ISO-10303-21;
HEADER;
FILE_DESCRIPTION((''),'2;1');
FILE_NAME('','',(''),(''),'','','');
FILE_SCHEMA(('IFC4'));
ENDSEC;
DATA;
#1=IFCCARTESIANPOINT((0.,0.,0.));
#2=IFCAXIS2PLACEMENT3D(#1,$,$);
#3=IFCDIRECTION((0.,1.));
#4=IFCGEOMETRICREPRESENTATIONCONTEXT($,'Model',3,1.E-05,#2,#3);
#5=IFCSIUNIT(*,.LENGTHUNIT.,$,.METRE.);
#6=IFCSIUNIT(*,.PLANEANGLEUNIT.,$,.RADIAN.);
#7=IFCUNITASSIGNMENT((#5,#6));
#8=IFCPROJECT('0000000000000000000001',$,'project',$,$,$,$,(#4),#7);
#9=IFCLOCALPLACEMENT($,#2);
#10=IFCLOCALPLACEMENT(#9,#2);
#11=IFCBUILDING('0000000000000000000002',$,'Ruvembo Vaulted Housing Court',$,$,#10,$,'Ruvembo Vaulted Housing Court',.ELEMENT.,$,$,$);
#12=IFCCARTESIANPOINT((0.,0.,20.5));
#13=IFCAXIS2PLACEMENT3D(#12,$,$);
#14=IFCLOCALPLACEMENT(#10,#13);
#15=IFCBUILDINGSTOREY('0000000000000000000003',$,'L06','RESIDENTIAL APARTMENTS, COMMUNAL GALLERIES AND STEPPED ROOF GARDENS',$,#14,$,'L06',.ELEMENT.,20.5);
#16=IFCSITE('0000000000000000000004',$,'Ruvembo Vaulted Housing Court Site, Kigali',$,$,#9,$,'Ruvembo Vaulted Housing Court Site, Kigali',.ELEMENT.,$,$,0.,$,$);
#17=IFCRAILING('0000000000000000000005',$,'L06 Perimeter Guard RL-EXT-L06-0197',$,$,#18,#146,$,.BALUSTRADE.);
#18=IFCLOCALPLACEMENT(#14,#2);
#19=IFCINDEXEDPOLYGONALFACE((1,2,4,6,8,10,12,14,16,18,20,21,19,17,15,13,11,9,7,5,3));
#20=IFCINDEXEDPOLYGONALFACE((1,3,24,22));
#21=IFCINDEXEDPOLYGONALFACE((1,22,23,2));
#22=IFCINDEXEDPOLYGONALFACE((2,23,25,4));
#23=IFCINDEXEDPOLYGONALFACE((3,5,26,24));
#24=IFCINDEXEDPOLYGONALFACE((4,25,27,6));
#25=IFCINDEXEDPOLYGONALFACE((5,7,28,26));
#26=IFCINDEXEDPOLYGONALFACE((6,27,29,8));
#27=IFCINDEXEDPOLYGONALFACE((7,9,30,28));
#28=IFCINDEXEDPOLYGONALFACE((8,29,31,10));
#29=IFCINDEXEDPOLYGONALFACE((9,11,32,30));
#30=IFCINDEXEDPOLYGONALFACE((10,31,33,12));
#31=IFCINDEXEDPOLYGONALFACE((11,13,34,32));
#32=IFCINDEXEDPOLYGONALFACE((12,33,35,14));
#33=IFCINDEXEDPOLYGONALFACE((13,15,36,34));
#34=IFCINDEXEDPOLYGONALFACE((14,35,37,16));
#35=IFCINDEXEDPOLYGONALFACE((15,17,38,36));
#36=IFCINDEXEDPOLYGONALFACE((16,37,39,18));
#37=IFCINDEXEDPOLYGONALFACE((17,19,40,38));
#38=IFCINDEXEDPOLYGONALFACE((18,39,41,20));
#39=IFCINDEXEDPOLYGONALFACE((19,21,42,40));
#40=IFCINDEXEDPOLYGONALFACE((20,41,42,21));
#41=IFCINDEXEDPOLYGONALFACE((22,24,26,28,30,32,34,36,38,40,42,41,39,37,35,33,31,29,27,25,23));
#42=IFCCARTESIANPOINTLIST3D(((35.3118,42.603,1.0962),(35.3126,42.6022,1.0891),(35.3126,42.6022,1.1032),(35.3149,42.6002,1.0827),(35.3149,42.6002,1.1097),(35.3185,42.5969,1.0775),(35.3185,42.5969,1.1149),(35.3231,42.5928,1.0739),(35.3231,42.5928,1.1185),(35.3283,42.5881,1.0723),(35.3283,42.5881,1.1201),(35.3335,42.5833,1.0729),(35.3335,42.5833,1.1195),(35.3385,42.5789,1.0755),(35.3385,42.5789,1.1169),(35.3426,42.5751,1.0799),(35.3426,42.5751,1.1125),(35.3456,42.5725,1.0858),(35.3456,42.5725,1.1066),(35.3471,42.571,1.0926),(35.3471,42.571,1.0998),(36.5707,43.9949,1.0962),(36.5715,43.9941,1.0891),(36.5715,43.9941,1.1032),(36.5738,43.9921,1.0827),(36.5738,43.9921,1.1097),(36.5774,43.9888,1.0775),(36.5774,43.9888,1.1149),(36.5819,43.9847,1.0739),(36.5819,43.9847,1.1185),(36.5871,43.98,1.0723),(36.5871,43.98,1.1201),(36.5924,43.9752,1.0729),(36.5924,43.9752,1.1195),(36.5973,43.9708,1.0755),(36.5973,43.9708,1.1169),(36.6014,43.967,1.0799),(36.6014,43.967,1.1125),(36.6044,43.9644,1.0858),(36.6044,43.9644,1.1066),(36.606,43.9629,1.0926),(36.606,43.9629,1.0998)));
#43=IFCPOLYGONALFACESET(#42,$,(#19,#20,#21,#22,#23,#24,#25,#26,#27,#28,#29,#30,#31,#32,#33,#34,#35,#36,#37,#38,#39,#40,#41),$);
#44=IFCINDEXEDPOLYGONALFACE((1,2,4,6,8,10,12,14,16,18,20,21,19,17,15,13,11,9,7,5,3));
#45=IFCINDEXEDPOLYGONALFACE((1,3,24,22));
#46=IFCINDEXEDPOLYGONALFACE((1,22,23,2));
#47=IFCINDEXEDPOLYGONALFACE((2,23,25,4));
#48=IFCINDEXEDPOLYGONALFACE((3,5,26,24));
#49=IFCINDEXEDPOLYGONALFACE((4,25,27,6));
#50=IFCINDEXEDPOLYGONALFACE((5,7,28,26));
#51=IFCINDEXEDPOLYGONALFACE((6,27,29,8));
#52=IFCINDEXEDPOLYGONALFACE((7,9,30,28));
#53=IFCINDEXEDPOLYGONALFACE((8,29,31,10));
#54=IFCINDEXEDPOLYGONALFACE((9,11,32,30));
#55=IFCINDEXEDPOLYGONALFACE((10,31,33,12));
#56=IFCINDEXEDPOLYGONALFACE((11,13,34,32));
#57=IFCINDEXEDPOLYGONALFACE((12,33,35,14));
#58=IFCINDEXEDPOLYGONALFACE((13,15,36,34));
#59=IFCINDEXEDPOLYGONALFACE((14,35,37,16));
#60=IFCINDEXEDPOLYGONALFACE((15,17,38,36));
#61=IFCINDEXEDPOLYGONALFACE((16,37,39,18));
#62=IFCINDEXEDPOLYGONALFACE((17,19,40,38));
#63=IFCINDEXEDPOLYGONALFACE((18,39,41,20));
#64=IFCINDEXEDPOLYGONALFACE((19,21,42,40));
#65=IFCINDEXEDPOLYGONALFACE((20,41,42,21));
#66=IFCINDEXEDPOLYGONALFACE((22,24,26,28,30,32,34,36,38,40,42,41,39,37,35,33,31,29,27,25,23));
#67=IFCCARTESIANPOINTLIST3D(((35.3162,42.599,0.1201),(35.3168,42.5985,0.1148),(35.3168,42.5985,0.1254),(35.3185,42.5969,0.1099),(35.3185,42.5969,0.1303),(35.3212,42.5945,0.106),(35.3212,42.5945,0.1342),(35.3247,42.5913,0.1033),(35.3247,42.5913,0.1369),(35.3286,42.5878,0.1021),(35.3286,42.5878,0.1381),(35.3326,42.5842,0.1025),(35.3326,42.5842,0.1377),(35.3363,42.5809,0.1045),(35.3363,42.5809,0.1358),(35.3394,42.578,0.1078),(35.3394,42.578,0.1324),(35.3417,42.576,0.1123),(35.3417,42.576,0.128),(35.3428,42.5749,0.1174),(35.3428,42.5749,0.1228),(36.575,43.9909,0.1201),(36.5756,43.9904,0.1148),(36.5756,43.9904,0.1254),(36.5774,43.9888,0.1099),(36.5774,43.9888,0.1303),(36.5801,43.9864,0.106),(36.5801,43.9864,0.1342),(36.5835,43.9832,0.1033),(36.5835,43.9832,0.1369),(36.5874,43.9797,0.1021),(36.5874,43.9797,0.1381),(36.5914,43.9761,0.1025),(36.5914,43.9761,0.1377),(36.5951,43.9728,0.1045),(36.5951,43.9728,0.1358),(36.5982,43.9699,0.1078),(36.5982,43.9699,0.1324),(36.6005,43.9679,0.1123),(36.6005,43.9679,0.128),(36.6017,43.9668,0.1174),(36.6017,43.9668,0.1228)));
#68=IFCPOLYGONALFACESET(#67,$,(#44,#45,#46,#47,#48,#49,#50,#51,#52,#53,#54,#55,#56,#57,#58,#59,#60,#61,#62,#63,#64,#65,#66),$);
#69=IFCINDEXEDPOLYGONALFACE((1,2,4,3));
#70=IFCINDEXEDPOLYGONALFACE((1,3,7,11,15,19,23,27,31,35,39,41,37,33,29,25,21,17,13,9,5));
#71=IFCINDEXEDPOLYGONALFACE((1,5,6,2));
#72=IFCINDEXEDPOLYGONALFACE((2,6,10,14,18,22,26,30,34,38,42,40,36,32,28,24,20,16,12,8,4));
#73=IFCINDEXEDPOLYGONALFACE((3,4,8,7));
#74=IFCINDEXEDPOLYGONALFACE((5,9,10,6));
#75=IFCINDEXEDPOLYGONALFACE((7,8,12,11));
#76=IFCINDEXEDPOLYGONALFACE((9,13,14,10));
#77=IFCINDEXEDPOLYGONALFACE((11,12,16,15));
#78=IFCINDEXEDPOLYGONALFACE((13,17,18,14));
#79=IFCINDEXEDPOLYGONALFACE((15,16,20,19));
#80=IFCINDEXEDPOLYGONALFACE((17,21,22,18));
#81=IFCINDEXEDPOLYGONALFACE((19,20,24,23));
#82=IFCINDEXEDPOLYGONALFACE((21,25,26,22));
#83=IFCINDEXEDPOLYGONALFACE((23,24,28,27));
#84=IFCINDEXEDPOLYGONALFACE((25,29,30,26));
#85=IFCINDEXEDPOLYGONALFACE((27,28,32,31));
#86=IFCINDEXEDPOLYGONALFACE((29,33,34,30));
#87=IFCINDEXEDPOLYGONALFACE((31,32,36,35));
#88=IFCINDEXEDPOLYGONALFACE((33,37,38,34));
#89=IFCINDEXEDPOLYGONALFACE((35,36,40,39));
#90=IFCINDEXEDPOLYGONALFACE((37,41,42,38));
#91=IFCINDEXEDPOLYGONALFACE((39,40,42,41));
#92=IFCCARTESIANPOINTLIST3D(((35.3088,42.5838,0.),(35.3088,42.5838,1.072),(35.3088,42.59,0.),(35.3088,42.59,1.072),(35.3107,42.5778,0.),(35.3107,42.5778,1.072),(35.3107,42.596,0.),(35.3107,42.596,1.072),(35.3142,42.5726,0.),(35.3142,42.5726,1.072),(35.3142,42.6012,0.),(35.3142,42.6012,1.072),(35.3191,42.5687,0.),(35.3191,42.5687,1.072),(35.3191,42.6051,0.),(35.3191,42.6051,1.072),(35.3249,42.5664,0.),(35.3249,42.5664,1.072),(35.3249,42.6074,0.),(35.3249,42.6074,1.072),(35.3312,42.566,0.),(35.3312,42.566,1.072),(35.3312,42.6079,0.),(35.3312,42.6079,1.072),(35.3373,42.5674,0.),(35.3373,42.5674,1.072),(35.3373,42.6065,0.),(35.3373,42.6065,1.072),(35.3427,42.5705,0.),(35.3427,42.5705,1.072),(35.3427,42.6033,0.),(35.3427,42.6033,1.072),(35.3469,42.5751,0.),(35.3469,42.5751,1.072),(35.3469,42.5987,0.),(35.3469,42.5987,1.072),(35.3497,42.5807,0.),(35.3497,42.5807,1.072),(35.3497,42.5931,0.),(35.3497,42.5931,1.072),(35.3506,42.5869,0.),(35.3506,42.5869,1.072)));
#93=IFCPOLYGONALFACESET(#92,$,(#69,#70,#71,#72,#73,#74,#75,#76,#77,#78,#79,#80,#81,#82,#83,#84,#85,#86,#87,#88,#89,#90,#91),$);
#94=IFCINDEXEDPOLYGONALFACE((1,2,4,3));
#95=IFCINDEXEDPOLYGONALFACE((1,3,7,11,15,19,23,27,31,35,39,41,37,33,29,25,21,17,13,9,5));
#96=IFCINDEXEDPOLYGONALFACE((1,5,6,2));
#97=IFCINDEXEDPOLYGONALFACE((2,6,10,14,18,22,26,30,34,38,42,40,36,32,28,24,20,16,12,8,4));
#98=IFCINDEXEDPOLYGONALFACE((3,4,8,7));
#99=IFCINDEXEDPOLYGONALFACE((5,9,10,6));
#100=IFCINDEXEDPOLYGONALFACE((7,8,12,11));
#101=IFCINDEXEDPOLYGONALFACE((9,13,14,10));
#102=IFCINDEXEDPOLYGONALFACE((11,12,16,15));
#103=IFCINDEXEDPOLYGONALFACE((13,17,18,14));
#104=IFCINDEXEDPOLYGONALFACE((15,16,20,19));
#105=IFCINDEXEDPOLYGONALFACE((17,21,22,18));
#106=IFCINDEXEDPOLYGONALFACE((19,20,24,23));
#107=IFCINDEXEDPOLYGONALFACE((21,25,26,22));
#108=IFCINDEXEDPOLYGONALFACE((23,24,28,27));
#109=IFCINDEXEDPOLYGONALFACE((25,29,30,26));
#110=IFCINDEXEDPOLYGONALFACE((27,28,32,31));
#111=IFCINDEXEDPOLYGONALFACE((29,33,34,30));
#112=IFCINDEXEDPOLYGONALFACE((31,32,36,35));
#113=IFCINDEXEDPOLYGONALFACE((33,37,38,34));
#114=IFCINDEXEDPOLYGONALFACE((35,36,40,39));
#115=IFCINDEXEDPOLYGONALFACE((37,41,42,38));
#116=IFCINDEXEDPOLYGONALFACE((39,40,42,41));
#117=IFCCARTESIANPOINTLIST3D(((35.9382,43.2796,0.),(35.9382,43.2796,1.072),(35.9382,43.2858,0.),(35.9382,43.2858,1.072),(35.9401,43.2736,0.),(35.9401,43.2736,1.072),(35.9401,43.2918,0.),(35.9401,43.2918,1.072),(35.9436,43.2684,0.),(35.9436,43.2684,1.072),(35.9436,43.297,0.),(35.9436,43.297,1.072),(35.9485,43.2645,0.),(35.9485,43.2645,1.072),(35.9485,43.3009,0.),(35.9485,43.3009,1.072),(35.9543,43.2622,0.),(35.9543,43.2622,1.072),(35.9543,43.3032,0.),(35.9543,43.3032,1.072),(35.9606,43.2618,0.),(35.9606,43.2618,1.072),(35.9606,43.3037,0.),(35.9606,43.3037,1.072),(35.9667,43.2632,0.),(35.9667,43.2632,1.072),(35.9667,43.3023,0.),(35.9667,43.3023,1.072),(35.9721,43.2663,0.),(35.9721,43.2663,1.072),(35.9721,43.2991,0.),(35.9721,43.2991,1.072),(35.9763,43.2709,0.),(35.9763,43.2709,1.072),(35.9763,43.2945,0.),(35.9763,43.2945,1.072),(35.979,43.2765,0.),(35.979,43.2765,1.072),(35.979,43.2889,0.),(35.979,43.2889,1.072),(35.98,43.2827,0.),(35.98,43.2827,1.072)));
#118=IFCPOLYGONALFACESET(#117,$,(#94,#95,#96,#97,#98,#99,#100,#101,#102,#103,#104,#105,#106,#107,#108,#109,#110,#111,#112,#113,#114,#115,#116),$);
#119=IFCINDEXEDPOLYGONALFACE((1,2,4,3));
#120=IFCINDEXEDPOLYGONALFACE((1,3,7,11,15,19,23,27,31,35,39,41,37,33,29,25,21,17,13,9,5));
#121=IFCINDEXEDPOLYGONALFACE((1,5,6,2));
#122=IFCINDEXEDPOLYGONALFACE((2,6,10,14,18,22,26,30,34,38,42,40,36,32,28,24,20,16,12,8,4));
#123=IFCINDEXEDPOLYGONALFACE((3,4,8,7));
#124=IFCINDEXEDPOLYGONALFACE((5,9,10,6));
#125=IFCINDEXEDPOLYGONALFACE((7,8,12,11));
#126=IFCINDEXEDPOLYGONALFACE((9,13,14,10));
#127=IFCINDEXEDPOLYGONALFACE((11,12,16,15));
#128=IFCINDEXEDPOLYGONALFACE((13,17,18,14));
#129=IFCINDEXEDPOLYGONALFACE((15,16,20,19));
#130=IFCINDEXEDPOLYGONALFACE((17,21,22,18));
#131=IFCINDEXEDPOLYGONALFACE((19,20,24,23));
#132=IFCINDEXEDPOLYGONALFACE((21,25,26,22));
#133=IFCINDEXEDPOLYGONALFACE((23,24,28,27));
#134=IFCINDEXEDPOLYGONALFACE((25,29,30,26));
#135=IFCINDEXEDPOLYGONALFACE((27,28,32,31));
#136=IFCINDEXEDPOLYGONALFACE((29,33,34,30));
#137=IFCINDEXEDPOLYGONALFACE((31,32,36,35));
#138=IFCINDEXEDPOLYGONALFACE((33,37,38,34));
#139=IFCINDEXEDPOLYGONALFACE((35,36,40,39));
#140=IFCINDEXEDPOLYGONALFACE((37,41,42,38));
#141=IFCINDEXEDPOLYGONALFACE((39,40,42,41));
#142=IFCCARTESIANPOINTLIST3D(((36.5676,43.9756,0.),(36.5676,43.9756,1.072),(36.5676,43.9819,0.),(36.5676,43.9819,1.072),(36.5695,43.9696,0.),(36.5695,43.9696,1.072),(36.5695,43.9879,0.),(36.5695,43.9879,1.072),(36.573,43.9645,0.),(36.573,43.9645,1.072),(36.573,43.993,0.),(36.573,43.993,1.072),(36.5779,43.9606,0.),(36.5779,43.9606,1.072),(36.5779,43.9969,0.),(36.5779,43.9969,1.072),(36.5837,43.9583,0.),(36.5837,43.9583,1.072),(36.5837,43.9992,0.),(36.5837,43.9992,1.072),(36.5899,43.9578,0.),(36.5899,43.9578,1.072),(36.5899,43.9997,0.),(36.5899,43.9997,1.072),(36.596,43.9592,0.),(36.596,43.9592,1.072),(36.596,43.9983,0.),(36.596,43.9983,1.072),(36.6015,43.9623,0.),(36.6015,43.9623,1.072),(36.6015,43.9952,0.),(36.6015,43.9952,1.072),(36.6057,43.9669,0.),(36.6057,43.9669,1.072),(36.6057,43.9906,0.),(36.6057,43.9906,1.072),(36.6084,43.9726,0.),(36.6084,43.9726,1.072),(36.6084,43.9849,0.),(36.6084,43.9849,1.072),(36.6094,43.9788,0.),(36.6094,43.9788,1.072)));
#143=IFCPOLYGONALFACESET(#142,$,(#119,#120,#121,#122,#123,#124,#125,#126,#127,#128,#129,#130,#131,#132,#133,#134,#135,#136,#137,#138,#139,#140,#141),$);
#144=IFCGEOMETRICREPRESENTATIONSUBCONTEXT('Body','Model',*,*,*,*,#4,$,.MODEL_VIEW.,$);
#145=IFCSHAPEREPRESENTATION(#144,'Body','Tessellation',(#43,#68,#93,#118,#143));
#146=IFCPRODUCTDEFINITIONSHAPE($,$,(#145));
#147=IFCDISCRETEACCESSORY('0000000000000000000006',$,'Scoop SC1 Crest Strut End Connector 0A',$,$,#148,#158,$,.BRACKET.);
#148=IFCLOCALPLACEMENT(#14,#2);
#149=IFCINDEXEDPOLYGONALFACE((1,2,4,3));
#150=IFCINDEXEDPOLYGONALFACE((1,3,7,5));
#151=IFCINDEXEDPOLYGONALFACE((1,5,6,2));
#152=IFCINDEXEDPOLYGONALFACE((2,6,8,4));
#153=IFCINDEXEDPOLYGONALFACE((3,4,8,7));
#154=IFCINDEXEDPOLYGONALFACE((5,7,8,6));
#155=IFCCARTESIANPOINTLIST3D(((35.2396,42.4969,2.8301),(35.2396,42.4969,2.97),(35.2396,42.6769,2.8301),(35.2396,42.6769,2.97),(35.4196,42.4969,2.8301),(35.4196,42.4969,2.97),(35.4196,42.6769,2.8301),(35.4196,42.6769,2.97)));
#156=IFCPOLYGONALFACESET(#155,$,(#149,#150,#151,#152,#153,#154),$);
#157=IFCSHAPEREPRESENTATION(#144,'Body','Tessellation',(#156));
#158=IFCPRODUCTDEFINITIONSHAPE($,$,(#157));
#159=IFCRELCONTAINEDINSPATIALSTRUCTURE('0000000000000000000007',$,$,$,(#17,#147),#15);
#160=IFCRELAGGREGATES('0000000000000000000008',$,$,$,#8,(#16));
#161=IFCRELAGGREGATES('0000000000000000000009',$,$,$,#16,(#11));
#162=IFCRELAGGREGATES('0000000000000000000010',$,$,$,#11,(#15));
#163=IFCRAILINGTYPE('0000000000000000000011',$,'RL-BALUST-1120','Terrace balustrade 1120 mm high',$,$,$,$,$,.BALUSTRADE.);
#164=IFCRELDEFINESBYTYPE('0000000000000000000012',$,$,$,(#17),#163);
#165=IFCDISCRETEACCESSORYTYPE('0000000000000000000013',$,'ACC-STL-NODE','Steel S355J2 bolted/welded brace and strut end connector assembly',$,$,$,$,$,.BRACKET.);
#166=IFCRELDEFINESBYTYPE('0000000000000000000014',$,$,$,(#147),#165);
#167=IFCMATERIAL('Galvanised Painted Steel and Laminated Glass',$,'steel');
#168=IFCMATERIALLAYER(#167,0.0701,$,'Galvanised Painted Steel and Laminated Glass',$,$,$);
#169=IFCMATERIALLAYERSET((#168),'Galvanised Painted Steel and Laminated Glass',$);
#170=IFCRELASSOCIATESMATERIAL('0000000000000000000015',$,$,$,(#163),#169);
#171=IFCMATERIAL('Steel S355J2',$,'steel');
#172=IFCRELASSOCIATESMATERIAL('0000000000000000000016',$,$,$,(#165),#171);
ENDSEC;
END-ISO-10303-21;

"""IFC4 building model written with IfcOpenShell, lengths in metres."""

from ifc_helpers import new_model, si_unit, direction, frame, origin, origin_2d, place, context, subcontext, project, spatial, rectangle, circle, extrude, material, layer, layer_set, type_object, element, save


model = new_model("IFC4")

# Units and contexts
model_context = context("Model", 3, precision=1e-05, world=origin(), true_north=direction((0.0, 1.0)))
body_context = subcontext(model_context, "Body", "Model", "MODEL_VIEW")
ifc_project = project(units=[si_unit("LENGTHUNIT", "METRE"), si_unit("PLANEANGLEUNIT", "RADIAN")], contexts=[model_context])

# Site, building, storey
site_placement = place(None, origin())
site = spatial("IfcSite", under=ifc_project, at=site_placement, Name="Ruvembo Vaulted Housing Court Site, Kigali", LongName="Ruvembo Vaulted Housing Court Site, Kigali", CompositionType="ELEMENT", RefElevation=0.0)
building_placement = place(site_placement, origin())
building = spatial("IfcBuilding", under=site, at=building_placement, Name="Ruvembo Vaulted Housing Court", LongName="Ruvembo Vaulted Housing Court", CompositionType="ELEMENT")
storey_placement = place(building_placement, frame((0.0, 0.0, 20.5)))
storey = spatial("IfcBuildingStorey", under=building, at=storey_placement, Name="L06", Description="RESIDENTIAL APARTMENTS, COMMUNAL GALLERIES AND STEPPED ROOF GARDENS", LongName="L06", CompositionType="ELEMENT", Elevation=20.5)

# Shared definitions
ifc_material_1 = material(Name="Steel S355J2", Category="steel")

# Railing
ifc_material_2 = material(Name="Galvanised Painted Steel and Laminated Glass", Category="steel")
ifc_layer_1 = layer(ifc_material_2, 0.0701, Name="Galvanised Painted Steel and Laminated Glass")
ifc_layer_set_1 = layer_set([ifc_layer_1], Name="Galvanised Painted Steel and Laminated Glass")
railing_type = type_object("IfcRailingType", Name="RL-BALUST-1120", Description="Terrace balustrade 1120 mm high", PredefinedType="BALUSTRADE", material=ifc_layer_set_1)
railing_placement = place(storey_placement, frame((35.3296, 42.5869, 0.0)))
element("IfcRailing", 1, at=railing_placement, inside=storey, type_object=railing_type, Name="L06 Perimeter Guard RL-EXT-L06-0197", PredefinedType="BALUSTRADE", context=body_context, shape_type="SweptSolid", body=[
    extrude(circle(Radius=0.0239, at=origin_2d()), frame((0.0, 0.0, 1.0962), z_axis=(0.670767, 0.741668, 0.0), x_axis=(-0.741668, 0.670767, 0.0)), (0.0, 0.0, 1.0), 1.8767),
    extrude(circle(Radius=0.0181, at=origin_2d()), frame((0.0, 0.0, 0.1201), z_axis=(0.670767, 0.741668, 0.0), x_axis=(-0.741668, 0.670767, 0.0)), (0.0, 0.0, 1.0), 1.8767),
    extrude(circle(Radius=0.021, at=origin_2d()), origin(), (0.0, 0.0, 1.0), 1.072),
    extrude(circle(Radius=0.021, at=origin_2d()), frame((0.6294, 0.6958, 0.0)), (0.0, 0.0, 1.0), 1.072),
    extrude(circle(Radius=0.021, at=origin_2d()), frame((1.2588, 1.3918, 0.0)), (0.0, 0.0, 1.0), 1.072),
])

# Discrete accessory
discrete_accessory_type = type_object("IfcDiscreteAccessoryType", Name="ACC-STL-NODE", Description="Steel S355J2 bolted/welded brace and strut end connector assembly", PredefinedType="BRACKET", material=ifc_material_1)
discrete_accessory_placement = place(storey_placement, frame((35.3296, 42.5869, 2.8301), z_axis=(0.0, 0.0, 1.0), x_axis=(1.0, 0.0, 0.0)))
element("IfcDiscreteAccessory", 2, at=discrete_accessory_placement, inside=storey, type_object=discrete_accessory_type, Name="Scoop SC1 Crest Strut End Connector 0A", PredefinedType="BRACKET", context=body_context, shape_type="SweptSolid", body=[
    extrude(rectangle(XDim=0.1799, YDim=0.1799, at=origin_2d()), origin(), (0.0, 0.0, 1.0), 0.1399),
])

save(model, "model.ifc")
